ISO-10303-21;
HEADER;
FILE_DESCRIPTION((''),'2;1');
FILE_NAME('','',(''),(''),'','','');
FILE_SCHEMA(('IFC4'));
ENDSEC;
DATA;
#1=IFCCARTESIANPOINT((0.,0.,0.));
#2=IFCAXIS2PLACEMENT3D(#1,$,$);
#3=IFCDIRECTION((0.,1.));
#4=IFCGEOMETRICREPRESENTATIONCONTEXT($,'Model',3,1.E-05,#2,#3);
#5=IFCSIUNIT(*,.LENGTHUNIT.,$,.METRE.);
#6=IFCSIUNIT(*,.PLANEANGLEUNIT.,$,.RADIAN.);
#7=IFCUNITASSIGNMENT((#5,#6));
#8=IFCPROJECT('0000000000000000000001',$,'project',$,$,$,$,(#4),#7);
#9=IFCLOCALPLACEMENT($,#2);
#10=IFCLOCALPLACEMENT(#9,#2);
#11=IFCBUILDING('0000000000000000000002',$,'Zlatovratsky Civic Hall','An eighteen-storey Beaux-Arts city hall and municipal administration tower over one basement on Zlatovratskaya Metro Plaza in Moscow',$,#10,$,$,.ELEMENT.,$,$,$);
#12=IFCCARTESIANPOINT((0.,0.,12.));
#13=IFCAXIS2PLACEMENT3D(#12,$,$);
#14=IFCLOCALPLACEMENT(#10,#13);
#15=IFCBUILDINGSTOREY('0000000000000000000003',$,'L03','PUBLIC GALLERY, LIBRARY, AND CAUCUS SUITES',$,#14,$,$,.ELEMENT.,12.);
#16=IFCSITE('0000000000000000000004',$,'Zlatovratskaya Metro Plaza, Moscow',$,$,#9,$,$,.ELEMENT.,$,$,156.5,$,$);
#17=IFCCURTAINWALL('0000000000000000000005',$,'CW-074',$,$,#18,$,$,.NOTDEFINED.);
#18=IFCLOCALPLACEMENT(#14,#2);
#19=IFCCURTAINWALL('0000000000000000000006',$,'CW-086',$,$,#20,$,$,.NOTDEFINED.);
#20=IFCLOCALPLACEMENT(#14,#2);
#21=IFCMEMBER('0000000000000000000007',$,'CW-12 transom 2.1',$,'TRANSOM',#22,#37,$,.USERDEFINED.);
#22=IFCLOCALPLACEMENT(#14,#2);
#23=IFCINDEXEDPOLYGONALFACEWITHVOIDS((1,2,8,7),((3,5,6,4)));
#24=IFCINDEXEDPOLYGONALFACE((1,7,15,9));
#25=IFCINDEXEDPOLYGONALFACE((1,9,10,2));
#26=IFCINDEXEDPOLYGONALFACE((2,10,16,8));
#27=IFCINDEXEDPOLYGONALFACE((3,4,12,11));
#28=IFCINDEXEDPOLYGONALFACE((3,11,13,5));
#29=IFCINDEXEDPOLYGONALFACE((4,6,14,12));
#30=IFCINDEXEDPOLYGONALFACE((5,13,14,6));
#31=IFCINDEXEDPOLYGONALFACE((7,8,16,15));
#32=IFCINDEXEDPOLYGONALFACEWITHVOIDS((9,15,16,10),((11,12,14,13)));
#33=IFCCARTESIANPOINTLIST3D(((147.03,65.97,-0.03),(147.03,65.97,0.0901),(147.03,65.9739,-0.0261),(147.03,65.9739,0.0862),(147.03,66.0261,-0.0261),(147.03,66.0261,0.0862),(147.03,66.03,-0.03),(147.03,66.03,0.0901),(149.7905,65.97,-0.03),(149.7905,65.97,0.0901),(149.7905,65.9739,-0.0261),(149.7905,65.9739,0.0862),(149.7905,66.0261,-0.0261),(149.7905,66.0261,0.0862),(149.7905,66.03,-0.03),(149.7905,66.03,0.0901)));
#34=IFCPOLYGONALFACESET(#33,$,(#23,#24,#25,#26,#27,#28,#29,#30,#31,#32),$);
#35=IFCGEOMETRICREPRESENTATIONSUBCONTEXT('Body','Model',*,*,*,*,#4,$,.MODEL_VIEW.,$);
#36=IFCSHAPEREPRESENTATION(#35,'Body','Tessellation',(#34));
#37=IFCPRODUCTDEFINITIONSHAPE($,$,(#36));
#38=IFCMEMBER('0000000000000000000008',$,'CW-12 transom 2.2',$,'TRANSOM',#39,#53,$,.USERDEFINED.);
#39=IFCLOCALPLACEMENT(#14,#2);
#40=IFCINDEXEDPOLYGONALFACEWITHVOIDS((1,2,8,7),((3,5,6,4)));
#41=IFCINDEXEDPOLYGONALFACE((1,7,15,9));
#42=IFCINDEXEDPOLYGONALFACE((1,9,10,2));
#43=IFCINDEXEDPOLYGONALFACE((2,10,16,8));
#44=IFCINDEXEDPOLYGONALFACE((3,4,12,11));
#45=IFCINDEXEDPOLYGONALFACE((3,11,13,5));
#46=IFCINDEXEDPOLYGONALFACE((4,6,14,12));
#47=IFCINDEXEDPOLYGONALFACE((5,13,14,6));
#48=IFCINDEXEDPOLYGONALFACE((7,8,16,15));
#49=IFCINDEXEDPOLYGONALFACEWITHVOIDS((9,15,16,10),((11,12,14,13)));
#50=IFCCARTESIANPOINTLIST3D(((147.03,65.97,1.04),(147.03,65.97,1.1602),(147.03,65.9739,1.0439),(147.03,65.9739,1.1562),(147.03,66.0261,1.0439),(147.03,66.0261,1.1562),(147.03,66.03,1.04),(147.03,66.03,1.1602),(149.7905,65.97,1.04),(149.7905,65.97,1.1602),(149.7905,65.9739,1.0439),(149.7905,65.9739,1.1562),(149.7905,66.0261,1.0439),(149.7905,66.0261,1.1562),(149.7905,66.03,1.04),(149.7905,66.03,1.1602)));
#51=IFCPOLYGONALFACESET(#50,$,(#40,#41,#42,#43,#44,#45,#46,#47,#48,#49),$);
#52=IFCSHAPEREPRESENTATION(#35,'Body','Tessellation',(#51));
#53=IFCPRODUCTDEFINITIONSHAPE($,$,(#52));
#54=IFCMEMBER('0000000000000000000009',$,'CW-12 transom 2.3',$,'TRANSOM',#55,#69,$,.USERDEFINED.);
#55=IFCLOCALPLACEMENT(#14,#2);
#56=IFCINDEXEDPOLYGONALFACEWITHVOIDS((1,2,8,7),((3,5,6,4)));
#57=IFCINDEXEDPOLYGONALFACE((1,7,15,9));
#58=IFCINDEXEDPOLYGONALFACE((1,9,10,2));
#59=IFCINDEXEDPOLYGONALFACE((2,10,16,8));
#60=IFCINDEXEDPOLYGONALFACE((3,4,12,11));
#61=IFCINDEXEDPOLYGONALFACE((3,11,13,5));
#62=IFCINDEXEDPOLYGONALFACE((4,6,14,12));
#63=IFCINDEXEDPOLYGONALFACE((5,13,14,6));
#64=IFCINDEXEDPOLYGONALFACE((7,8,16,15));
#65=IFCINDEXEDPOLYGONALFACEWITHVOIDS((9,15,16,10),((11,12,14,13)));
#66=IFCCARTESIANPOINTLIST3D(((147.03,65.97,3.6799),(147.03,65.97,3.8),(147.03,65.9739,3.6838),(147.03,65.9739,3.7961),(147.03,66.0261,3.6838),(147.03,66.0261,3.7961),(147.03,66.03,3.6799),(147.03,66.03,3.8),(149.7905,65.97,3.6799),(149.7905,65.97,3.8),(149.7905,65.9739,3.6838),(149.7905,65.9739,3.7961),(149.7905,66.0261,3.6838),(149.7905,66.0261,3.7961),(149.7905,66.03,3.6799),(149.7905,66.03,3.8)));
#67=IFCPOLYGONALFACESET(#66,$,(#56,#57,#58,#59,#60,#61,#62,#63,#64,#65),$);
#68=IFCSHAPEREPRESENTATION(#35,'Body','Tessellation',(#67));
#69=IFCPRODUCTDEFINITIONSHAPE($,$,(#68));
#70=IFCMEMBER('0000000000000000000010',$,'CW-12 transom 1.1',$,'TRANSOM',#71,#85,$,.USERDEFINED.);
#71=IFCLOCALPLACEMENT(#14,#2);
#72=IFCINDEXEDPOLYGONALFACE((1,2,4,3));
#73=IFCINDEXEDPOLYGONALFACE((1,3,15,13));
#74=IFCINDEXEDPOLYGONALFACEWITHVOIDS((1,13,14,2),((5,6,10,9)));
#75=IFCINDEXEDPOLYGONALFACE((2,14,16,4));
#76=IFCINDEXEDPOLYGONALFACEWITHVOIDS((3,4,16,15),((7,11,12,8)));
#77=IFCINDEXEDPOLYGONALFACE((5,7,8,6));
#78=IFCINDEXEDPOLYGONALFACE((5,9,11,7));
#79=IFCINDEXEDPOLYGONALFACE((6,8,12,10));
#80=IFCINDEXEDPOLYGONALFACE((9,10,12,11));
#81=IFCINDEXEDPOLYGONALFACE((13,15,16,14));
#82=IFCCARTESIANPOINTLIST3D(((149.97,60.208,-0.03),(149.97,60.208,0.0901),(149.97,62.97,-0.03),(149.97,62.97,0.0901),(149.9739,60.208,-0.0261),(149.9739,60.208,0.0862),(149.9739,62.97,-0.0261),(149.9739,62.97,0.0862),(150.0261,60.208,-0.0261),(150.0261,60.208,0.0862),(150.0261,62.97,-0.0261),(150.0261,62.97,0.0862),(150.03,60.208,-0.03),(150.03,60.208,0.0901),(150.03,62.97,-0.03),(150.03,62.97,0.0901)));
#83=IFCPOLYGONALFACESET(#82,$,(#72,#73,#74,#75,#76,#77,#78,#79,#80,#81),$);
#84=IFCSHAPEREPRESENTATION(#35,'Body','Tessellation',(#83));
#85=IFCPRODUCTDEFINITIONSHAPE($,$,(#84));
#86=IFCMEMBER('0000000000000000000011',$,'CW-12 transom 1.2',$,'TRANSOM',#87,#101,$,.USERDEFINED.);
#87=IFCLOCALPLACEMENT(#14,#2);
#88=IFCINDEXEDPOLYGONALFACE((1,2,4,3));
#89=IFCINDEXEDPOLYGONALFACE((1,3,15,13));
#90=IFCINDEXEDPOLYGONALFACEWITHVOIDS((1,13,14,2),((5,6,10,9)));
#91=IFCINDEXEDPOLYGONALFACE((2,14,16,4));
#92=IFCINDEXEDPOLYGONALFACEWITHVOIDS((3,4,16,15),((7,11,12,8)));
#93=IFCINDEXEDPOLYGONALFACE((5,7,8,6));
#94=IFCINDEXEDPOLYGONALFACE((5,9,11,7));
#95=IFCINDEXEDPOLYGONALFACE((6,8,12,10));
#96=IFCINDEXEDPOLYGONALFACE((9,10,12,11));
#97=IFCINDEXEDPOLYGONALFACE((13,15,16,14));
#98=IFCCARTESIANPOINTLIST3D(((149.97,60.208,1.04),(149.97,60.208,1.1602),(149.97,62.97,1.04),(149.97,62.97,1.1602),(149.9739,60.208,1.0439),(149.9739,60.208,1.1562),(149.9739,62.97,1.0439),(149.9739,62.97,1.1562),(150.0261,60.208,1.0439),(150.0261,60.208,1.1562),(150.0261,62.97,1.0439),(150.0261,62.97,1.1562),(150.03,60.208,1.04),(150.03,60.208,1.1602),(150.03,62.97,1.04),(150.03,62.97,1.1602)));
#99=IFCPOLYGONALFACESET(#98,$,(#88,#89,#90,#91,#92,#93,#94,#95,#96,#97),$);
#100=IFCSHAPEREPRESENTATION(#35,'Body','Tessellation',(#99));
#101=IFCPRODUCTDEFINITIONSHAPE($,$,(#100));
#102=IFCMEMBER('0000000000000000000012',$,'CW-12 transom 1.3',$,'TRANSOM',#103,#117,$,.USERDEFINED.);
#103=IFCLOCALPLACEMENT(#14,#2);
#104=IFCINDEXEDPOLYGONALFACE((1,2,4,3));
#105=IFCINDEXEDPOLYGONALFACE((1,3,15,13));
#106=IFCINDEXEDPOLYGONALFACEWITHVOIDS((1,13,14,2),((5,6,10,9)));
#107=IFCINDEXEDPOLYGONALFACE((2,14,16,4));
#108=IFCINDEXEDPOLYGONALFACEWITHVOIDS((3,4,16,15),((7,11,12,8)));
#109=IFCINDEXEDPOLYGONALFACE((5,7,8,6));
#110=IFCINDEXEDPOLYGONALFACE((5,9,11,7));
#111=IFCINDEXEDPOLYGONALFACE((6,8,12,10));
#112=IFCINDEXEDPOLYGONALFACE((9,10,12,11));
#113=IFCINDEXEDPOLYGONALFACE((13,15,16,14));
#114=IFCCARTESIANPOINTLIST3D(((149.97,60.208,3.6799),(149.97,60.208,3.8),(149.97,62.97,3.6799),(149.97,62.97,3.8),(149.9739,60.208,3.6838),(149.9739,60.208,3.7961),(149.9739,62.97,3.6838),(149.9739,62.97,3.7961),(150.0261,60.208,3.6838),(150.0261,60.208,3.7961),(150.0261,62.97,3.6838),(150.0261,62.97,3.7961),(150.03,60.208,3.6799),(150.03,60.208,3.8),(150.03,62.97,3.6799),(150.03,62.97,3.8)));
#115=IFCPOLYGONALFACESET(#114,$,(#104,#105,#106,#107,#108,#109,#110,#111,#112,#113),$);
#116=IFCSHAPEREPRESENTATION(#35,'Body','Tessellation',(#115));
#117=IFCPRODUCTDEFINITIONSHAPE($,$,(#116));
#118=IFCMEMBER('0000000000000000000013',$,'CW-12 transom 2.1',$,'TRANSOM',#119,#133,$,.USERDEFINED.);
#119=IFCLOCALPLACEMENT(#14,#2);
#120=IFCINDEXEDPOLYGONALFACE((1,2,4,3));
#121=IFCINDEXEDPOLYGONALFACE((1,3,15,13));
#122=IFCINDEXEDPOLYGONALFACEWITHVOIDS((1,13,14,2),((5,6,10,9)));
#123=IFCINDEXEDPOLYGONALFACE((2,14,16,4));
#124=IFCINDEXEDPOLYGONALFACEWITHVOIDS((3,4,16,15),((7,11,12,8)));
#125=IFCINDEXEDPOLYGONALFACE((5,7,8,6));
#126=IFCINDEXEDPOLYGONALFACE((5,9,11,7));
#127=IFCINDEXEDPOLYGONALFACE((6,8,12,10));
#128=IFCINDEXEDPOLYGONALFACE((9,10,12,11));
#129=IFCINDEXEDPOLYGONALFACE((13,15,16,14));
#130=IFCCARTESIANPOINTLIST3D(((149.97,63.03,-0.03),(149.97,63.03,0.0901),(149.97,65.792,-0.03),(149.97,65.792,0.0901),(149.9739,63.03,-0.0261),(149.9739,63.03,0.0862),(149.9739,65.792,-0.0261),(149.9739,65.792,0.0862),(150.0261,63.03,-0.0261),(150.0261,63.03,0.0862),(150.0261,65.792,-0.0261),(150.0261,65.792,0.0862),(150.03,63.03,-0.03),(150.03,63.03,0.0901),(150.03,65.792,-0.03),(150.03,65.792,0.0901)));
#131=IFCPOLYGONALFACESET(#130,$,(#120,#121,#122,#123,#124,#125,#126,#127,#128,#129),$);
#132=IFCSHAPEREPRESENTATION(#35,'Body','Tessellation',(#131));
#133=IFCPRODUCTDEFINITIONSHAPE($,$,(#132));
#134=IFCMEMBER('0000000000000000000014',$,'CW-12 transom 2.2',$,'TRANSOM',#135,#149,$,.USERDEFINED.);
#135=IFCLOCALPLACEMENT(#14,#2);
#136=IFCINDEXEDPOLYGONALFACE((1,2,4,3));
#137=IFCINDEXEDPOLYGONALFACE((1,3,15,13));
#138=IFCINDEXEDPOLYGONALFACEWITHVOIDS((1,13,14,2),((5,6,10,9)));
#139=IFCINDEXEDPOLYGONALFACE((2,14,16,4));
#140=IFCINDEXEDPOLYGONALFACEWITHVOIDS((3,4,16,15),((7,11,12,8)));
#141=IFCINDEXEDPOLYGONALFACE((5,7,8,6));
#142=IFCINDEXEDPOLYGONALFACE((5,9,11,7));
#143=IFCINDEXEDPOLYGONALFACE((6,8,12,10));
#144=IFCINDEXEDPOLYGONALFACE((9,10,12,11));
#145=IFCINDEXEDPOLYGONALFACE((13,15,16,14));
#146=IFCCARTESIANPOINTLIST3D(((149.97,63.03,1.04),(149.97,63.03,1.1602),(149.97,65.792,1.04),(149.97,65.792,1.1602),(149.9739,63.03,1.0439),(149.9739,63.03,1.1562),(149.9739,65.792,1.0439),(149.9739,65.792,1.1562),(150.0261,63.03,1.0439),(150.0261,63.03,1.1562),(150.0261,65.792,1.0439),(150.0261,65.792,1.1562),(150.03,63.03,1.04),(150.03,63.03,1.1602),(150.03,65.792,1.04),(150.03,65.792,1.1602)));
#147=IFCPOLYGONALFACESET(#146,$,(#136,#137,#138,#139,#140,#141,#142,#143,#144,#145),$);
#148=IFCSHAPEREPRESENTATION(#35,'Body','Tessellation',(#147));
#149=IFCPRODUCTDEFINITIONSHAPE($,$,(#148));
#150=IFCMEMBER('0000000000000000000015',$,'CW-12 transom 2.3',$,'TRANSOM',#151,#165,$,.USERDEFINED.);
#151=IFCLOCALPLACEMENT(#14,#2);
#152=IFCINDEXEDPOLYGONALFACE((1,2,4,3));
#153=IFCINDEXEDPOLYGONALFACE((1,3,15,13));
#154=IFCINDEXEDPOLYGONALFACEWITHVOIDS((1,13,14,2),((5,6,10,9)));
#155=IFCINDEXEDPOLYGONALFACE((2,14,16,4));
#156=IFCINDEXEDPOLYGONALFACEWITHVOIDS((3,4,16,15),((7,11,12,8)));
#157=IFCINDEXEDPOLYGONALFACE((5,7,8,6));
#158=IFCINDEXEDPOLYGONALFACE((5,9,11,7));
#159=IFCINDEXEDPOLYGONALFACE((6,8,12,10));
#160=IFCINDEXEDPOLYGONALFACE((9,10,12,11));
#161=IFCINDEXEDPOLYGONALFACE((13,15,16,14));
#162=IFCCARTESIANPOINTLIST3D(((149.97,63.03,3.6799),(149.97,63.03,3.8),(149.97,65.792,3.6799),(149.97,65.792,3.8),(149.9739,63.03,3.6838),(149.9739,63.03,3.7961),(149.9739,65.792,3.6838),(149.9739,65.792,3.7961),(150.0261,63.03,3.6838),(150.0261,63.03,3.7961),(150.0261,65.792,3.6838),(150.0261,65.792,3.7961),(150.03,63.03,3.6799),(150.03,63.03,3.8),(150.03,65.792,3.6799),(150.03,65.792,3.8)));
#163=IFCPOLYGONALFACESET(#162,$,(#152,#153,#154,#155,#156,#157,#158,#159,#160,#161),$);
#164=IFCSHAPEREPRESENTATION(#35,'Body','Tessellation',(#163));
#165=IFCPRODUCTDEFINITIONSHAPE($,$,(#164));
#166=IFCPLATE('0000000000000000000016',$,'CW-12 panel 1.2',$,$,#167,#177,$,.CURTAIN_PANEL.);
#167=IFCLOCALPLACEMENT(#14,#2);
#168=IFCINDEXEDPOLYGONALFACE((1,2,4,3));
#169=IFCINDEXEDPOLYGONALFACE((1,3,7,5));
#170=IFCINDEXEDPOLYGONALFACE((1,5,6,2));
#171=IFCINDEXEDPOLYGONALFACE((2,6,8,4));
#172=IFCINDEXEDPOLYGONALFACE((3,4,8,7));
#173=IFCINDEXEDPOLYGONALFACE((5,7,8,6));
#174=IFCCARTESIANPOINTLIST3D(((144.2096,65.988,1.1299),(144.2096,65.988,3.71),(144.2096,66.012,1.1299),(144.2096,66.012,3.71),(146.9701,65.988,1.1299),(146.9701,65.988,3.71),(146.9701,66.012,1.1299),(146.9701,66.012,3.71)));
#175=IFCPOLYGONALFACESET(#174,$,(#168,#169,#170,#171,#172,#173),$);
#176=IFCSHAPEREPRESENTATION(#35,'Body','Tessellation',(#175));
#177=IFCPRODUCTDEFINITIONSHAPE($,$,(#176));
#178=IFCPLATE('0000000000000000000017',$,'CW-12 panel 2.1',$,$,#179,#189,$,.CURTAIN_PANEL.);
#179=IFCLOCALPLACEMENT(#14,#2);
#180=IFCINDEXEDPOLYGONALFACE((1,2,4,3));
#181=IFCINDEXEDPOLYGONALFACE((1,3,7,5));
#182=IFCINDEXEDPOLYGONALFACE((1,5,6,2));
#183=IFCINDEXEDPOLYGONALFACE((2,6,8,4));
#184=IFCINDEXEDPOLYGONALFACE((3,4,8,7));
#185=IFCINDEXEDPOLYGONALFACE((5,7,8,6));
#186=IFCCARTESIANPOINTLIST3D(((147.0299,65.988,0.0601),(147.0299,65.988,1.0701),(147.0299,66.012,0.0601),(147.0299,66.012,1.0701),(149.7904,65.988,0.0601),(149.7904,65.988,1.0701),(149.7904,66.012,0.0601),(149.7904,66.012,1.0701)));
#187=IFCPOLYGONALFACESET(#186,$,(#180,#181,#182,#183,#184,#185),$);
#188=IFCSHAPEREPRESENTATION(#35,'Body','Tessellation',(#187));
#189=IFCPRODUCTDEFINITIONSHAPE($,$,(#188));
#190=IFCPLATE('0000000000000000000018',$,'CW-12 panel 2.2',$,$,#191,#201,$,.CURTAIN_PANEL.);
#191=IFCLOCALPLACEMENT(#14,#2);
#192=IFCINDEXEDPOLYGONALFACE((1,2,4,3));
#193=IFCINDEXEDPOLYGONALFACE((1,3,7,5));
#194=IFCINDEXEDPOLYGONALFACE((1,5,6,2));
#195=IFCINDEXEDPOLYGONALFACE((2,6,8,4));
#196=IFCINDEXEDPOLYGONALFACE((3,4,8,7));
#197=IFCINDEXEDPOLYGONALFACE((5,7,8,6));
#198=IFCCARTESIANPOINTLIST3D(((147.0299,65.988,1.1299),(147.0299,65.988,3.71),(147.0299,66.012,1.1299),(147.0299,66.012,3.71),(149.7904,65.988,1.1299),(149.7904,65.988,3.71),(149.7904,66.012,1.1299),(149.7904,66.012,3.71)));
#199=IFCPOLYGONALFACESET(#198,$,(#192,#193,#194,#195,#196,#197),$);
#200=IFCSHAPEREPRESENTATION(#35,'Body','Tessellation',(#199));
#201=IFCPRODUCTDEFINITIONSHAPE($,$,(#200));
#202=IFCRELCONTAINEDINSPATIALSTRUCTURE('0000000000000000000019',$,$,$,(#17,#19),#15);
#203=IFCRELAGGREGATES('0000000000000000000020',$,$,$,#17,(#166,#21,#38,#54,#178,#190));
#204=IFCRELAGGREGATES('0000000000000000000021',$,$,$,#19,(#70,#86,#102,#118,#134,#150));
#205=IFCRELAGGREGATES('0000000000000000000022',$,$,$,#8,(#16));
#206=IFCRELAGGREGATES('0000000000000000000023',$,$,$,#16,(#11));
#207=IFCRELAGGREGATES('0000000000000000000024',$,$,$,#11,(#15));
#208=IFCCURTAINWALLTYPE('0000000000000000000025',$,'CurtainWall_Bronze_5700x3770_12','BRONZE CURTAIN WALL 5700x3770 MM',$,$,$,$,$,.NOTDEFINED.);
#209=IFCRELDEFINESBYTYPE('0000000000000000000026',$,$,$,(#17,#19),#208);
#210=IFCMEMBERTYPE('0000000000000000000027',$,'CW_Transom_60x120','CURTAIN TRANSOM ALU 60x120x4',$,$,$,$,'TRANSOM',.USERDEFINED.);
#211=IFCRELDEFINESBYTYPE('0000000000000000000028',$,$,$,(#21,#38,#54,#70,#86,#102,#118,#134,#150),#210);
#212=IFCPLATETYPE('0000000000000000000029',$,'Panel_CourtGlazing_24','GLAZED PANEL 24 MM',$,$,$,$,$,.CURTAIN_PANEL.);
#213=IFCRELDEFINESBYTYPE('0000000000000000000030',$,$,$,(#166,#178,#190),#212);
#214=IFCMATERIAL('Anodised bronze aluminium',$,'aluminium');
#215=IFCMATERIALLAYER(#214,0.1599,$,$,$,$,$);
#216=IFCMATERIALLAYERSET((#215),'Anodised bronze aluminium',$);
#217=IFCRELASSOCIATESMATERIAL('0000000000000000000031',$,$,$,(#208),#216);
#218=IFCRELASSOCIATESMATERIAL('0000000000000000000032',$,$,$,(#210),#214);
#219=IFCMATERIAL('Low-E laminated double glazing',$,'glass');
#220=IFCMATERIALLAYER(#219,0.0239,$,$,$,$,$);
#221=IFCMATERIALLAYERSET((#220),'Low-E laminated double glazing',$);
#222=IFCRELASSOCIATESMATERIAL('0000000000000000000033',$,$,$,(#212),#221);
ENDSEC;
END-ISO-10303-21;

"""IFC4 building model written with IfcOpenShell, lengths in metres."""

from ifc_helpers import new_model, si_unit, direction, frame, origin, origin_2d, place, context, subcontext, project, spatial, rectangle, hollow_rectangle, extrude, material, layer, layer_set, material_profile, profile_set, type_object, element, aggregate, save


model = new_model("IFC4")

# Units and contexts
model_context = context("Model", 3, precision=1e-05, world=origin(), true_north=direction((0.0, 1.0)))
body_context = subcontext(model_context, "Body", "Model", "MODEL_VIEW")
ifc_project = project(units=[si_unit("LENGTHUNIT", "METRE"), si_unit("PLANEANGLEUNIT", "RADIAN")], contexts=[model_context])

# Site, building, storey
site_placement = place(None, origin())
site = spatial("IfcSite", under=ifc_project, at=site_placement, Name="Zlatovratskaya Metro Plaza, Moscow", CompositionType="ELEMENT", RefElevation=156.5)
building_placement = place(site_placement, origin())
building = spatial("IfcBuilding", under=site, at=building_placement, Name="Zlatovratsky Civic Hall", Description="An eighteen-storey Beaux-Arts city hall and municipal administration tower over one basement on Zlatovratskaya Metro Plaza in Moscow", CompositionType="ELEMENT")
storey_placement = place(building_placement, frame((0.0, 0.0, 12.0)))
storey = spatial("IfcBuildingStorey", under=building, at=storey_placement, Name="L03", Description="PUBLIC GALLERY, LIBRARY, AND CAUCUS SUITES", CompositionType="ELEMENT", Elevation=12.0)

# Curtain walls
ifc_material_1 = material(Name="Anodised bronze aluminium", Category="aluminium")
ifc_layer_1 = layer(ifc_material_1, 0.1599)
ifc_layer_set_1 = layer_set([ifc_layer_1], Name="Anodised bronze aluminium")
curtain_wall_type = type_object("IfcCurtainWallType", Name="CurtainWall_Bronze_5700x3770_12", Description="BRONZE CURTAIN WALL 5700x3770 MM", PredefinedType="NOTDEFINED", material=ifc_layer_set_1)
curtain_wall_1_placement = place(storey_placement, origin())
curtain_wall_1 = element("IfcCurtainWall", 1, at=curtain_wall_1_placement, inside=storey, type_object=curtain_wall_type, Name="CW-074", PredefinedType="NOTDEFINED")
curtain_wall_2_placement = place(storey_placement, origin())
curtain_wall_2 = element("IfcCurtainWall", 2, at=curtain_wall_2_placement, inside=storey, type_object=curtain_wall_type, Name="CW-086", PredefinedType="NOTDEFINED")

# Members
ifc_material_profile_1 = material_profile(ifc_material_1, hollow_rectangle(XDim=0.0601, YDim=0.1201, WallThickness=0.0039, at=origin_2d()), Name="ALU 60x120x4")
ifc_profile_set_1 = profile_set([ifc_material_profile_1], Name="Anodised bronze aluminium")
member_type_1 = type_object("IfcMemberType", Name="CW_Transom_60x120", Description="CURTAIN TRANSOM ALU 60x120x4", ElementType="TRANSOM", PredefinedType="USERDEFINED", material=ifc_profile_set_1)
member_1_placement = place(storey_placement, frame((147.03, 66.0, 0.03), z_axis=(1.0, 0.0, 0.0), x_axis=(0.0, 1.0, 0.0)))
member_1 = element("IfcMember", 3, at=member_1_placement, type_object=member_type_1, Name="CW-12 transom 2.1", ObjectType="TRANSOM", PredefinedType="USERDEFINED", context=body_context, shape_type="SweptSolid", body=[
    extrude(hollow_rectangle(XDim=0.0601, YDim=0.1201, WallThickness=0.0039, at=origin_2d()), origin(), (0.0, 0.0, 1.0), 2.7605),
])
member_2_placement = place(storey_placement, frame((147.03, 66.0, 1.1001), z_axis=(1.0, 0.0, 0.0), x_axis=(0.0, 1.0, 0.0)))
member_2 = element("IfcMember", 4, at=member_2_placement, type_object=member_type_1, Name="CW-12 transom 2.2", ObjectType="TRANSOM", PredefinedType="USERDEFINED", context=body_context, shape_type="SweptSolid", body=[
    extrude(hollow_rectangle(XDim=0.0601, YDim=0.1201, WallThickness=0.0039, at=origin_2d()), origin(), (0.0, 0.0, 1.0), 2.7605),
])
member_3_placement = place(storey_placement, frame((147.03, 66.0, 3.74), z_axis=(1.0, 0.0, 0.0), x_axis=(0.0, 1.0, 0.0)))
member_3 = element("IfcMember", 5, at=member_3_placement, type_object=member_type_1, Name="CW-12 transom 2.3", ObjectType="TRANSOM", PredefinedType="USERDEFINED", context=body_context, shape_type="SweptSolid", body=[
    extrude(hollow_rectangle(XDim=0.0601, YDim=0.1201, WallThickness=0.0039, at=origin_2d()), origin(), (0.0, 0.0, 1.0), 2.7605),
])
member_4_placement = place(storey_placement, frame((150.0, 60.208, 0.03), z_axis=(0.0, 1.0, 0.0), x_axis=(-1.0, 0.0, 0.0)))
member_4 = element("IfcMember", 6, at=member_4_placement, type_object=member_type_1, Name="CW-12 transom 1.1", ObjectType="TRANSOM", PredefinedType="USERDEFINED", context=body_context, shape_type="SweptSolid", body=[
    extrude(hollow_rectangle(XDim=0.0601, YDim=0.1201, WallThickness=0.0039, at=origin_2d()), origin(), (0.0, 0.0, 1.0), 2.762),
])
member_5_placement = place(storey_placement, frame((150.0, 60.208, 1.1001), z_axis=(0.0, 1.0, 0.0), x_axis=(-1.0, 0.0, 0.0)))
member_5 = element("IfcMember", 7, at=member_5_placement, type_object=member_type_1, Name="CW-12 transom 1.2", ObjectType="TRANSOM", PredefinedType="USERDEFINED", context=body_context, shape_type="SweptSolid", body=[
    extrude(hollow_rectangle(XDim=0.0601, YDim=0.1201, WallThickness=0.0039, at=origin_2d()), origin(), (0.0, 0.0, 1.0), 2.762),
])
member_6_placement = place(storey_placement, frame((150.0, 60.208, 3.74), z_axis=(0.0, 1.0, 0.0), x_axis=(-1.0, 0.0, 0.0)))
member_6 = element("IfcMember", 8, at=member_6_placement, type_object=member_type_1, Name="CW-12 transom 1.3", ObjectType="TRANSOM", PredefinedType="USERDEFINED", context=body_context, shape_type="SweptSolid", body=[
    extrude(hollow_rectangle(XDim=0.0601, YDim=0.1201, WallThickness=0.0039, at=origin_2d()), origin(), (0.0, 0.0, 1.0), 2.762),
])
member_7_placement = place(storey_placement, frame((150.0, 63.03, 0.03), z_axis=(0.0, 1.0, 0.0), x_axis=(-1.0, 0.0, 0.0)))
member_7 = element("IfcMember", 9, at=member_7_placement, type_object=member_type_1, Name="CW-12 transom 2.1", ObjectType="TRANSOM", PredefinedType="USERDEFINED", context=body_context, shape_type="SweptSolid", body=[
    extrude(hollow_rectangle(XDim=0.0601, YDim=0.1201, WallThickness=0.0039, at=origin_2d()), origin(), (0.0, 0.0, 1.0), 2.762),
])
member_8_placement = place(storey_placement, frame((150.0, 63.03, 1.1001), z_axis=(0.0, 1.0, 0.0), x_axis=(-1.0, 0.0, 0.0)))
member_8 = element("IfcMember", 10, at=member_8_placement, type_object=member_type_1, Name="CW-12 transom 2.2", ObjectType="TRANSOM", PredefinedType="USERDEFINED", context=body_context, shape_type="SweptSolid", body=[
    extrude(hollow_rectangle(XDim=0.0601, YDim=0.1201, WallThickness=0.0039, at=origin_2d()), origin(), (0.0, 0.0, 1.0), 2.762),
])
member_9_placement = place(storey_placement, frame((150.0, 63.03, 3.74), z_axis=(0.0, 1.0, 0.0), x_axis=(-1.0, 0.0, 0.0)))
member_9 = element("IfcMember", 11, at=member_9_placement, type_object=member_type_1, Name="CW-12 transom 2.3", ObjectType="TRANSOM", PredefinedType="USERDEFINED", context=body_context, shape_type="SweptSolid", body=[
    extrude(hollow_rectangle(XDim=0.0601, YDim=0.1201, WallThickness=0.0039, at=origin_2d()), origin(), (0.0, 0.0, 1.0), 2.762),
])

# Plates
ifc_material_2 = material(Name="Low-E laminated double glazing", Category="glass")
ifc_layer_2 = layer(ifc_material_2, 0.0239)
ifc_layer_set_2 = layer_set([ifc_layer_2], Name="Low-E laminated double glazing")
plate_type = type_object("IfcPlateType", Name="Panel_CourtGlazing_24", Description="GLAZED PANEL 24 MM", PredefinedType="CURTAIN_PANEL", material=ifc_layer_set_2)
plate_1_placement = place(storey_placement, frame((145.5898, 66.0, 1.1299), z_axis=(0.0, 0.0, 1.0), x_axis=(1.0, 0.0, 0.0)))
plate_1 = element("IfcPlate", 12, at=plate_1_placement, type_object=plate_type, Name="CW-12 panel 1.2", PredefinedType="CURTAIN_PANEL", context=body_context, shape_type="SweptSolid", body=[
    extrude(rectangle(XDim=2.7605, YDim=0.0239, at=origin_2d()), origin(), (0.0, 0.0, 1.0), 2.5801),
])
plate_2_placement = place(storey_placement, frame((148.4102, 66.0, 0.0601), z_axis=(0.0, 0.0, 1.0), x_axis=(1.0, 0.0, 0.0)))
plate_2 = element("IfcPlate", 13, at=plate_2_placement, type_object=plate_type, Name="CW-12 panel 2.1", PredefinedType="CURTAIN_PANEL", context=body_context, shape_type="SweptSolid", body=[
    extrude(rectangle(XDim=2.7605, YDim=0.0239, at=origin_2d()), origin(), (0.0, 0.0, 1.0), 1.01),
])
plate_3_placement = place(storey_placement, frame((148.4102, 66.0, 1.1299), z_axis=(0.0, 0.0, 1.0), x_axis=(1.0, 0.0, 0.0)))
plate_3 = element("IfcPlate", 14, at=plate_3_placement, type_object=plate_type, Name="CW-12 panel 2.2", PredefinedType="CURTAIN_PANEL", context=body_context, shape_type="SweptSolid", body=[
    extrude(rectangle(XDim=2.7605, YDim=0.0239, at=origin_2d()), origin(), (0.0, 0.0, 1.0), 2.5801),
])
aggregate(curtain_wall_1, [plate_1, member_1, member_2, member_3, plate_2, plate_3])
aggregate(curtain_wall_2, [member_4, member_5, member_6, member_7, member_8, member_9])

save(model, "model.ifc")
